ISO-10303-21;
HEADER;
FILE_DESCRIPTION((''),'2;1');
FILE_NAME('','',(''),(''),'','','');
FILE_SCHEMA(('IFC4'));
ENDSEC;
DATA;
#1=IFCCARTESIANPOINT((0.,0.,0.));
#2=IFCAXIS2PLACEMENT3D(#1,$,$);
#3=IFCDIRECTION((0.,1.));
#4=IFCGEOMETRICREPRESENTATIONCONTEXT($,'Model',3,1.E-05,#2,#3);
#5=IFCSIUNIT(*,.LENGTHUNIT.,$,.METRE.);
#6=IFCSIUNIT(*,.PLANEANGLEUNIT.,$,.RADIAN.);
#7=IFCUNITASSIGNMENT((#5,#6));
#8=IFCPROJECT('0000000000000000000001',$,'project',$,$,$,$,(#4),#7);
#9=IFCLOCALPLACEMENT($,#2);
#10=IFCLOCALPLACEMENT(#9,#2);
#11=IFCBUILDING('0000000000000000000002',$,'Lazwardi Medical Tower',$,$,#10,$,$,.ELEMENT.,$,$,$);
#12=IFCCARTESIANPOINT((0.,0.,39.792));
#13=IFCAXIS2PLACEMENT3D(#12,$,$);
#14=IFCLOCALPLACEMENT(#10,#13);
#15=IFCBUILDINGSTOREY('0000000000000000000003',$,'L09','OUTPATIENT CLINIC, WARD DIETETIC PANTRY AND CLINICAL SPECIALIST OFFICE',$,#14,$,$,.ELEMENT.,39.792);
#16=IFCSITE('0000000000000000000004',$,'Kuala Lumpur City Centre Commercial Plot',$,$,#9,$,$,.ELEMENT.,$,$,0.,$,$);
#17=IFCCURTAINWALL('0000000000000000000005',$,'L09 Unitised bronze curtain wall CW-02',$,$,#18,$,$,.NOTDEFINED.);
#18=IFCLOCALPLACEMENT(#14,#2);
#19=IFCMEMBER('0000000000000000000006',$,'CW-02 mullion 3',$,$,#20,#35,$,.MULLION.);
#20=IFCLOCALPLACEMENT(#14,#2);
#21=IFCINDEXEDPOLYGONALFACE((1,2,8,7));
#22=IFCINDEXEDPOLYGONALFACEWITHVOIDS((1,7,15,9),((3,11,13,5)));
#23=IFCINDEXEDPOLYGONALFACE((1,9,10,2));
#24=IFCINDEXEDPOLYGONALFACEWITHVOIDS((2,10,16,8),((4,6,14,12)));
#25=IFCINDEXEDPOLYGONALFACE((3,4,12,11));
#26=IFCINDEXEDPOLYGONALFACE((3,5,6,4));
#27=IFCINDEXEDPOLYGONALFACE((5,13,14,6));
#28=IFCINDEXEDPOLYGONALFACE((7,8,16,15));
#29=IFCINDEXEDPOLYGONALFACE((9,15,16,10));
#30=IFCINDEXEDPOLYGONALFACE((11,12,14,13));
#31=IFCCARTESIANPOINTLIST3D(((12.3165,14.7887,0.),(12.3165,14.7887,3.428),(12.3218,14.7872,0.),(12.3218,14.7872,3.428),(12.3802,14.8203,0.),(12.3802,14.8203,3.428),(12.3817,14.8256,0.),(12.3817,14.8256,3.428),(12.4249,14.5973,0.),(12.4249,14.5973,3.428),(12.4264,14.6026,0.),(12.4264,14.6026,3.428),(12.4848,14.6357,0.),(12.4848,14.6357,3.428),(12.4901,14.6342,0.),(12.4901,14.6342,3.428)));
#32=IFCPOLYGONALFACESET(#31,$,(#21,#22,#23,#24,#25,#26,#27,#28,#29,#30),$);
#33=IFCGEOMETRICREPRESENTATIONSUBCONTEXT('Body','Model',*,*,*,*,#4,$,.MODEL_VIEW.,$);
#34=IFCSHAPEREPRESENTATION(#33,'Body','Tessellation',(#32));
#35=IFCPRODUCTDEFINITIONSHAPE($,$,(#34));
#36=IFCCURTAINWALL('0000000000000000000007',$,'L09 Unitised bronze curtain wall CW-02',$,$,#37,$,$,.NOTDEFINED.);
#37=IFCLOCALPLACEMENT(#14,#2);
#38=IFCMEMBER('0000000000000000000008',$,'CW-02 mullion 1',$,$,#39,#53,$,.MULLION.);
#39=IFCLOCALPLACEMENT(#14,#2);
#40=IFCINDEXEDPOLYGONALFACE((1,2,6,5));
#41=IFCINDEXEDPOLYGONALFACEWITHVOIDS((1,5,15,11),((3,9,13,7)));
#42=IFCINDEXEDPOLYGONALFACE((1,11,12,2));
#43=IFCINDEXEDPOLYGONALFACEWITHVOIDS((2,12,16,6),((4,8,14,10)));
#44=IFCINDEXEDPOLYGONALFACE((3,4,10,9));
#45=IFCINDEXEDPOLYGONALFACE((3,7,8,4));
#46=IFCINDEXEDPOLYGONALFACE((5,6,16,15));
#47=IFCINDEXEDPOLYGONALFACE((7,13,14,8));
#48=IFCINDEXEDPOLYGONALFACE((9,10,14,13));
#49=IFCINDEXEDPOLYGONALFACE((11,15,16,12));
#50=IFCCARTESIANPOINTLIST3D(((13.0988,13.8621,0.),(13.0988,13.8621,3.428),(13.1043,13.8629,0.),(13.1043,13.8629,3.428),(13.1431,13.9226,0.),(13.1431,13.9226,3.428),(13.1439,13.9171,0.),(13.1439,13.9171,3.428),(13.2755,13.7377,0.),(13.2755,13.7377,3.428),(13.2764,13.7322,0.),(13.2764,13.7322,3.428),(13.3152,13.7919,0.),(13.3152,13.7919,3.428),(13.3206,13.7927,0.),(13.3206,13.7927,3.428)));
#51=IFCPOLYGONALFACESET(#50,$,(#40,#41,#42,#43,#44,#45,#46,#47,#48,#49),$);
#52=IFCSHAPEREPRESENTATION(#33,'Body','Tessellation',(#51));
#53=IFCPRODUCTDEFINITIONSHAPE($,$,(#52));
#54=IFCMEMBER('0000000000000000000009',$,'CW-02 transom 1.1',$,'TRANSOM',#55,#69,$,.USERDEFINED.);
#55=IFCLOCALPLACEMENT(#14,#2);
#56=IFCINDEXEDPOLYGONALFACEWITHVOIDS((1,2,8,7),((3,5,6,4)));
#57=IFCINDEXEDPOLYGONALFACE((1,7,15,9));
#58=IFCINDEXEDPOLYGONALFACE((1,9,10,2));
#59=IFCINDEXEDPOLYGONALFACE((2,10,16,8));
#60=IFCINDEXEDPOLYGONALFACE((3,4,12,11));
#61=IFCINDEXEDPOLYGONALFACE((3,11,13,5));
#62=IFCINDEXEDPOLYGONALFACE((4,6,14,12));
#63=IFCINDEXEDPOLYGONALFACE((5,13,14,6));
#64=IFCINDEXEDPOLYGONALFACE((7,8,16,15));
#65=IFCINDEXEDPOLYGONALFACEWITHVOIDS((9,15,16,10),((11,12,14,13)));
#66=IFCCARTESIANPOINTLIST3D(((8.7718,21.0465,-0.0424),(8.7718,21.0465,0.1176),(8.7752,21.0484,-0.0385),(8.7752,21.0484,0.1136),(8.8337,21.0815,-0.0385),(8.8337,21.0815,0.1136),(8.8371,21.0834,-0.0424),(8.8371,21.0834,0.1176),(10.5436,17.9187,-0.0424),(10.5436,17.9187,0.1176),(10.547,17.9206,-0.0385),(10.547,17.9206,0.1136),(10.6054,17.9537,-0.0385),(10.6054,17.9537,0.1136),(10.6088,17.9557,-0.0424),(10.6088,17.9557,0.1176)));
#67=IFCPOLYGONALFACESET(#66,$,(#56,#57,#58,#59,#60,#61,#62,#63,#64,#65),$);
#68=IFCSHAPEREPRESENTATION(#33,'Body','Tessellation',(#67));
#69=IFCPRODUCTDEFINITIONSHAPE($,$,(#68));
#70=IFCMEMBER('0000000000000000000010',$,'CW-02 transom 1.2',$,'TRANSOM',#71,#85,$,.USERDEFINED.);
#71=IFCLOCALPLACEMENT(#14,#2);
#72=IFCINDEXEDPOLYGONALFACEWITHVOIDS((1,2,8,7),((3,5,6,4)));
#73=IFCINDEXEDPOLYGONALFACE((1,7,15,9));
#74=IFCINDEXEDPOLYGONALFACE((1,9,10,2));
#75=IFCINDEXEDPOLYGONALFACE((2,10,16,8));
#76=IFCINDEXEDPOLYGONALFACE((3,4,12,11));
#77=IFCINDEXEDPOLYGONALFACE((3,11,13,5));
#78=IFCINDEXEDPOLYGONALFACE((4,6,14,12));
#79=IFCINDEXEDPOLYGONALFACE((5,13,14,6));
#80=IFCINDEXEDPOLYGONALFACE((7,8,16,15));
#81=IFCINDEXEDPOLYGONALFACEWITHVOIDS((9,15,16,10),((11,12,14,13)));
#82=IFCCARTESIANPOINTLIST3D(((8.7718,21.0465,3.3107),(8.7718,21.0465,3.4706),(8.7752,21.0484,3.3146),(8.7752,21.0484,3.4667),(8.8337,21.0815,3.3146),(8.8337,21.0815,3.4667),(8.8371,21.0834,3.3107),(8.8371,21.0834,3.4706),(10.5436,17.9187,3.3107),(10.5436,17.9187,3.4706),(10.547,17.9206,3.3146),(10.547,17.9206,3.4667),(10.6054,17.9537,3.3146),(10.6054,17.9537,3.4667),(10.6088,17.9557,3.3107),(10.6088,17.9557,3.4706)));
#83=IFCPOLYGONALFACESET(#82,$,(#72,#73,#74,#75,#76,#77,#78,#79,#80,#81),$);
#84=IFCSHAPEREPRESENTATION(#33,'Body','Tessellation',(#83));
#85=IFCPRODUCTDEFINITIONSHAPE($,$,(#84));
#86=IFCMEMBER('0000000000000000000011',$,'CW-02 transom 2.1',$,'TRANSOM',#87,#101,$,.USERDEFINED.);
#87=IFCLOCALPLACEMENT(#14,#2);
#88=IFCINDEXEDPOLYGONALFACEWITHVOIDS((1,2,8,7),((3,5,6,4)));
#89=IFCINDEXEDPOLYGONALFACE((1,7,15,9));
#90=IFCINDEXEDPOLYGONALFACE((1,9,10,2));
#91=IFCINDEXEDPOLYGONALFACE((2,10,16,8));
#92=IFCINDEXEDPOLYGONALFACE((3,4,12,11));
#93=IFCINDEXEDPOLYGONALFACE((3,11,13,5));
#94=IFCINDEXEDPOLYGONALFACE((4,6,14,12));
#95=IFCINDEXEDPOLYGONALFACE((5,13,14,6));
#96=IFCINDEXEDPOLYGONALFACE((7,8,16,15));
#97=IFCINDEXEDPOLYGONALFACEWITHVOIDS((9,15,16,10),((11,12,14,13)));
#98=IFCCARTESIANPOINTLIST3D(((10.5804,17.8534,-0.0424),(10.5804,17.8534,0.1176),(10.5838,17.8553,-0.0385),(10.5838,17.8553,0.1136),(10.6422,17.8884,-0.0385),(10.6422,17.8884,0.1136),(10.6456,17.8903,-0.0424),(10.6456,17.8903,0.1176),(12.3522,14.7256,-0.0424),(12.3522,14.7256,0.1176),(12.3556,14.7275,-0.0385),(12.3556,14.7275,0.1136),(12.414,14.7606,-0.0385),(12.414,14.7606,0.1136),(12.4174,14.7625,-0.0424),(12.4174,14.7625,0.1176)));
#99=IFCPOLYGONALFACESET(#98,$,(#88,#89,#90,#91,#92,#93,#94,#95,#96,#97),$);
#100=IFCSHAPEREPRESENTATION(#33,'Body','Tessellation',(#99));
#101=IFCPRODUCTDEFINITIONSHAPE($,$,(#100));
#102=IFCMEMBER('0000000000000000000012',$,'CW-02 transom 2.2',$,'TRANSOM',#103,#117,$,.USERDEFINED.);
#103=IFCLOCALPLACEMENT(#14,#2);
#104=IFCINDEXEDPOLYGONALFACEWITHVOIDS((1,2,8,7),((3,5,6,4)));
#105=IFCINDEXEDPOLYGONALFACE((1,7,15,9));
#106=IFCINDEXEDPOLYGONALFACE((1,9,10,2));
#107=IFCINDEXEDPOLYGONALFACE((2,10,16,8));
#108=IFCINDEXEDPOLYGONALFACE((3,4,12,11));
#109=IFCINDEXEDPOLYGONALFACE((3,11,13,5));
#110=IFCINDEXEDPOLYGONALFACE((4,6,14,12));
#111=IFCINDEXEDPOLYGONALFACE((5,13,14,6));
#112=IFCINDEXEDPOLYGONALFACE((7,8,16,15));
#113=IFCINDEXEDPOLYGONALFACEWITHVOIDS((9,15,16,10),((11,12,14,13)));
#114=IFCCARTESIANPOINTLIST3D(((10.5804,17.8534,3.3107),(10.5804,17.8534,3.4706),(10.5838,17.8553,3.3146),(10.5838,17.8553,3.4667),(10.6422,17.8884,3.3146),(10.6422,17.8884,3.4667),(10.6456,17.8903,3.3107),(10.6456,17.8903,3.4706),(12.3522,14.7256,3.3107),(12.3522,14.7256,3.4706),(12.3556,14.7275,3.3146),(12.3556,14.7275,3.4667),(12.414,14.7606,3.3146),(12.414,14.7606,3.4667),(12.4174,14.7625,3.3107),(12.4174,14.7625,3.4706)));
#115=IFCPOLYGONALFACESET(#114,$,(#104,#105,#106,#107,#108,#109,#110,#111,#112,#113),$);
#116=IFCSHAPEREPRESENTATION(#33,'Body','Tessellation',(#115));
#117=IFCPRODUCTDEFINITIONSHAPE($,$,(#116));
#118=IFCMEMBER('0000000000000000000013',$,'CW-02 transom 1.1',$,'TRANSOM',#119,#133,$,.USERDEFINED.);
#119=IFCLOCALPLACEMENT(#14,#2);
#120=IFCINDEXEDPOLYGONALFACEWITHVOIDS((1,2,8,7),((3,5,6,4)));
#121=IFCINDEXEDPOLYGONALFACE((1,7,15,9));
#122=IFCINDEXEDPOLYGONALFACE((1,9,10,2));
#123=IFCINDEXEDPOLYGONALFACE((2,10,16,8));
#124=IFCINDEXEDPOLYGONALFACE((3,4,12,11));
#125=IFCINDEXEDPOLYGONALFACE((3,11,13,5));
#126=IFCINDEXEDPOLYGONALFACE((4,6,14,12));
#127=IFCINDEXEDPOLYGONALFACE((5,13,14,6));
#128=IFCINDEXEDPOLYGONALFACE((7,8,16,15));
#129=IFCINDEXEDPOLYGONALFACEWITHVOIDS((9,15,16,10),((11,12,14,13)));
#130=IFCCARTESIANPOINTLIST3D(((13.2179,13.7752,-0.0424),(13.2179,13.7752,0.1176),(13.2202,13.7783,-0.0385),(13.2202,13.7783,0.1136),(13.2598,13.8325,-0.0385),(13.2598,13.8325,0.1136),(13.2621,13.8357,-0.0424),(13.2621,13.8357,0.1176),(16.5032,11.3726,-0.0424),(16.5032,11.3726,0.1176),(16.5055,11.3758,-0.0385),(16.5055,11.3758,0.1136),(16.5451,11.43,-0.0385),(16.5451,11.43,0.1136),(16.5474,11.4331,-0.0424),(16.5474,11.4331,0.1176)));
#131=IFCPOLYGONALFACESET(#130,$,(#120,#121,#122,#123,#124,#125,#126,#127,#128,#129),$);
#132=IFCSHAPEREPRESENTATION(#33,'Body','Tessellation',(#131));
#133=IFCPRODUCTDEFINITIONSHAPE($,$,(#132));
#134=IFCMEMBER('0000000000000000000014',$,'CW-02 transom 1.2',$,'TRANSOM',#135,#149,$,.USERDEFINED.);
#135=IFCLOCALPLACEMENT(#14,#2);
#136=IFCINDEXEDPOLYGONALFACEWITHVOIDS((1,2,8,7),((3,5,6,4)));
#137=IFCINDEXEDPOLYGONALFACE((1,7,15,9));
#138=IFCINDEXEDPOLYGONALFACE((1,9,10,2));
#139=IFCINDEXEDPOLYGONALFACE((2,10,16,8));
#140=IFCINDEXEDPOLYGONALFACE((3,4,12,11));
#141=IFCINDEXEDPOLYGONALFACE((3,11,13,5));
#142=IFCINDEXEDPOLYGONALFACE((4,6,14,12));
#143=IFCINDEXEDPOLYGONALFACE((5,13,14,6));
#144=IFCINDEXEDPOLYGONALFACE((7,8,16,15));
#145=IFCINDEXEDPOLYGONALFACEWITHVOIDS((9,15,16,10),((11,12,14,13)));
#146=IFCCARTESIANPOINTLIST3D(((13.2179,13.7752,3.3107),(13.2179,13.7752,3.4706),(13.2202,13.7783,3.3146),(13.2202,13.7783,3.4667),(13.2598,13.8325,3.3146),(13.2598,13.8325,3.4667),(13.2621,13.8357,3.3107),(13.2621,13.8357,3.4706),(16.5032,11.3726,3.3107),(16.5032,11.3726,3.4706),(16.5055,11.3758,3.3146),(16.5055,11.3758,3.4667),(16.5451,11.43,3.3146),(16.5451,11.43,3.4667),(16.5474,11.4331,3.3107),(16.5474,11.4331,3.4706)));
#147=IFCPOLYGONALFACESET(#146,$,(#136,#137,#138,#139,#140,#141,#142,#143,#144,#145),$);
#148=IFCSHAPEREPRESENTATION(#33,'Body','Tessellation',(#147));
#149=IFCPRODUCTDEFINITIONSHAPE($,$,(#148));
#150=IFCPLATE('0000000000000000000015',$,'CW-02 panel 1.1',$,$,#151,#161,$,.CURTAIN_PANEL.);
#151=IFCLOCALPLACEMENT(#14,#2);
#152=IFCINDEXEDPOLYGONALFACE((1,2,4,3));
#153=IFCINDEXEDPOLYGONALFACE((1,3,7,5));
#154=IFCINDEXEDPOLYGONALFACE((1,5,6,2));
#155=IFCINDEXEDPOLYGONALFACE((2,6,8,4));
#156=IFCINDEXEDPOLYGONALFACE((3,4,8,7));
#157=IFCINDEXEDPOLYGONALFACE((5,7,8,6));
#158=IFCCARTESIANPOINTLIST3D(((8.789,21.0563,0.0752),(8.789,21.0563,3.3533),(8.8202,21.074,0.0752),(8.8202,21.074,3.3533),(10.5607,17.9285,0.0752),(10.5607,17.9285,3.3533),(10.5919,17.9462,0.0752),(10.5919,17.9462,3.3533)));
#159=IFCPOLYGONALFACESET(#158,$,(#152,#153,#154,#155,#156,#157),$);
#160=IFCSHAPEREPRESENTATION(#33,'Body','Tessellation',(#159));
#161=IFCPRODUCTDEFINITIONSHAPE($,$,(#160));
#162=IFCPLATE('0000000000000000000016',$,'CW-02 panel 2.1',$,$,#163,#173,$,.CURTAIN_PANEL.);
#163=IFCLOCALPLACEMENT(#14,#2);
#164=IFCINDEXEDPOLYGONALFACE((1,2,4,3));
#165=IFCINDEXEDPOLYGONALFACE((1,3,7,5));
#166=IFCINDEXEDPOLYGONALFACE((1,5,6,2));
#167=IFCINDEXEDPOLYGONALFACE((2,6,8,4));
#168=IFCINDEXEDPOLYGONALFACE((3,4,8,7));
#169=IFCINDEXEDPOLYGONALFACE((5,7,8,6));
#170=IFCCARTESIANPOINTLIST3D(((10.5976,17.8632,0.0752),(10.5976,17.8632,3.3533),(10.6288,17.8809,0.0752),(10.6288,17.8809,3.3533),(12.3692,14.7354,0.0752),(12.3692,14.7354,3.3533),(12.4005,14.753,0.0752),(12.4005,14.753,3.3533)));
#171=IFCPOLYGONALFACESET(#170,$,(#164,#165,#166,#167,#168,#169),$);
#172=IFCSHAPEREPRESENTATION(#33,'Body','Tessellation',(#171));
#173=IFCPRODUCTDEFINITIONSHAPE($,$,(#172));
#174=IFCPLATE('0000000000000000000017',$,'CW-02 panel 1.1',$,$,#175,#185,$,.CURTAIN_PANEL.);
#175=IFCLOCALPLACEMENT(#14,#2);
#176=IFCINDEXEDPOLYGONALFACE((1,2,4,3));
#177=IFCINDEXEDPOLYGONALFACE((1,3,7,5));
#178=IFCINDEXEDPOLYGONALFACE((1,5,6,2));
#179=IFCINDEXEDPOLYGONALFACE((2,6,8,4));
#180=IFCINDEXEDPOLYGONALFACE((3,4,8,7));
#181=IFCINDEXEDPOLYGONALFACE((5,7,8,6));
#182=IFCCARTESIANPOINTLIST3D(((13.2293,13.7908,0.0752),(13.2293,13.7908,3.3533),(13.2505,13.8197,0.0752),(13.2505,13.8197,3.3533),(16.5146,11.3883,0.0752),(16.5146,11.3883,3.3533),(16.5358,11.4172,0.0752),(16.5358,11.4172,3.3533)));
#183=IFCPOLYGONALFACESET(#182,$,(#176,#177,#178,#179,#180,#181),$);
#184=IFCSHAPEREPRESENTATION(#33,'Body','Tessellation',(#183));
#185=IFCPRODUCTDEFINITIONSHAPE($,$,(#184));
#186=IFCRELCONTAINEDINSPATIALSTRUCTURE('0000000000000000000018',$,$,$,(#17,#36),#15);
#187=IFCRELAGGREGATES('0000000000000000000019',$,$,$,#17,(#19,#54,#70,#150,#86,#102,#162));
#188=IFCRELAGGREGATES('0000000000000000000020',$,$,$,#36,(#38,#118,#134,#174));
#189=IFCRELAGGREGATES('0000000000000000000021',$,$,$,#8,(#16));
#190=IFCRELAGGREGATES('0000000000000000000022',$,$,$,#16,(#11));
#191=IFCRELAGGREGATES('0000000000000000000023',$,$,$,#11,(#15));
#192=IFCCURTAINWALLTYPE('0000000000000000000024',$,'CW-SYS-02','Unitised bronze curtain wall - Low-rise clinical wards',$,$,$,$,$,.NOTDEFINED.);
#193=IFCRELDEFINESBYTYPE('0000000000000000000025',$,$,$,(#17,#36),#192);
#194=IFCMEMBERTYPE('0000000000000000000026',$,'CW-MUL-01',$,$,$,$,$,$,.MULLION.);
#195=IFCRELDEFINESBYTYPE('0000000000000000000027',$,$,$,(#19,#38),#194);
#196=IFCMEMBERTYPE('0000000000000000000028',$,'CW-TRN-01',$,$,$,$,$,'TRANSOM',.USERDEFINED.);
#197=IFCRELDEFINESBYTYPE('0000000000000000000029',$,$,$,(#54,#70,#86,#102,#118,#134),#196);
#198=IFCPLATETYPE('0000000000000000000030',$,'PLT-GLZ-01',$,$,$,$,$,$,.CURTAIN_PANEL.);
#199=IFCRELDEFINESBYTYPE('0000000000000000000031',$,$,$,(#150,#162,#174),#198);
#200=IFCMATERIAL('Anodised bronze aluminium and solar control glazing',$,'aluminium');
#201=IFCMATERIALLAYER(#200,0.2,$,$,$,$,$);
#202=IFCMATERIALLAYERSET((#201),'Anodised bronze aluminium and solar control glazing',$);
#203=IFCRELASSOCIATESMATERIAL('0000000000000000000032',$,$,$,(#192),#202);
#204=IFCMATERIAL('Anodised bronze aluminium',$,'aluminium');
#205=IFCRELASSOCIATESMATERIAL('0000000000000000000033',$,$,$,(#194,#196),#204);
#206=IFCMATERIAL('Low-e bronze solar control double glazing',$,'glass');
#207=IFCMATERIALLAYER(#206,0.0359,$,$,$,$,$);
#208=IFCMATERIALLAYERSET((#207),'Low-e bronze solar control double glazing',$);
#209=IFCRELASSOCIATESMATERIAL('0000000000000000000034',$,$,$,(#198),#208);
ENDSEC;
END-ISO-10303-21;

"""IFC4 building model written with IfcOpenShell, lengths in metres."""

from ifc_helpers import new_model, si_unit, direction, frame, origin, origin_2d, place, context, subcontext, project, spatial, rectangle, hollow_rectangle, extrude, material, layer, layer_set, material_profile, profile_set, type_object, element, aggregate, save


model = new_model("IFC4")

# Units and contexts
model_context = context("Model", 3, precision=1e-05, world=origin(), true_north=direction((0.0, 1.0)))
body_context = subcontext(model_context, "Body", "Model", "MODEL_VIEW")
ifc_project = project(units=[si_unit("LENGTHUNIT", "METRE"), si_unit("PLANEANGLEUNIT", "RADIAN")], contexts=[model_context])

# Site, building, storey
site_placement = place(None, origin())
site = spatial("IfcSite", under=ifc_project, at=site_placement, Name="Kuala Lumpur City Centre Commercial Plot", CompositionType="ELEMENT", RefElevation=0.0)
building_placement = place(site_placement, origin())
building = spatial("IfcBuilding", under=site, at=building_placement, Name="Lazwardi Medical Tower", CompositionType="ELEMENT")
storey_placement = place(building_placement, frame((0.0, 0.0, 39.792)))
storey = spatial("IfcBuildingStorey", under=building, at=storey_placement, Name="L09", Description="OUTPATIENT CLINIC, WARD DIETETIC PANTRY AND CLINICAL SPECIALIST OFFICE", CompositionType="ELEMENT", Elevation=39.792)

# Curtain wall, member
ifc_material_1 = material(Name="Anodised bronze aluminium and solar control glazing", Category="aluminium")
ifc_layer_1 = layer(ifc_material_1, 0.2)
ifc_layer_set_1 = layer_set([ifc_layer_1], Name="Anodised bronze aluminium and solar control glazing")
curtain_wall_type = type_object("IfcCurtainWallType", Name="CW-SYS-02", Description="Unitised bronze curtain wall - Low-rise clinical wards", PredefinedType="NOTDEFINED", material=ifc_layer_set_1)
curtain_wall_1_placement = place(storey_placement, origin())
curtain_wall_1 = element("IfcCurtainWall", 1, at=curtain_wall_1_placement, inside=storey, type_object=curtain_wall_type, Name="L09 Unitised bronze curtain wall CW-02", PredefinedType="NOTDEFINED")
ifc_material_2 = material(Name="Anodised bronze aluminium", Category="aluminium")
ifc_material_profile_1 = material_profile(ifc_material_2, hollow_rectangle(XDim=0.075, YDim=0.22, WallThickness=0.0039, at=origin_2d()), Name="ALU-MULLION 220x75x4")
ifc_profile_set_1 = profile_set([ifc_material_profile_1], Name="Anodised bronze aluminium")
member_type_1 = type_object("IfcMemberType", Name="CW-MUL-01", PredefinedType="MULLION", material=ifc_profile_set_1)
member_1_placement = place(storey_placement, frame((12.4033, 14.7114, 0.0), z_axis=(0.0, 0.0, 1.0), x_axis=(0.870112, 0.492854, 0.0)))
member_1 = element("IfcMember", 2, at=member_1_placement, type_object=member_type_1, Name="CW-02 mullion 3", PredefinedType="MULLION", context=body_context, shape_type="SweptSolid", body=[
    extrude(hollow_rectangle(XDim=0.075, YDim=0.22, WallThickness=0.0039, at=origin_2d()), origin(), (0.0, 0.0, 1.0), 3.428),
])

# Curtain wall, member
curtain_wall_2_placement = place(storey_placement, origin())
curtain_wall_2 = element("IfcCurtainWall", 3, at=curtain_wall_2_placement, inside=storey, type_object=curtain_wall_type, Name="L09 Unitised bronze curtain wall CW-02", PredefinedType="NOTDEFINED")
member_2_placement = place(storey_placement, frame((13.2097, 13.8274, 0.0), z_axis=(0.0, 0.0, 1.0), x_axis=(0.590289, 0.807192, 0.0)))
member_2 = element("IfcMember", 4, at=member_2_placement, type_object=member_type_1, Name="CW-02 mullion 1", PredefinedType="MULLION", context=body_context, shape_type="SweptSolid", body=[
    extrude(hollow_rectangle(XDim=0.075, YDim=0.22, WallThickness=0.0039, at=origin_2d()), origin(), (0.0, 0.0, 1.0), 3.428),
])

# Members
ifc_material_profile_2 = material_profile(ifc_material_2, hollow_rectangle(XDim=0.075, YDim=0.1599, WallThickness=0.0039, at=origin_2d()), Name="ALU-TRANSOM 160x75x4")
ifc_profile_set_2 = profile_set([ifc_material_profile_2], Name="Anodised bronze aluminium")
member_type_2 = type_object("IfcMemberType", Name="CW-TRN-01", ElementType="TRANSOM", PredefinedType="USERDEFINED", material=ifc_profile_set_2)
member_3_placement = place(storey_placement, frame((8.8044, 21.0649, 0.0376), z_axis=(0.492881, -0.870097, 0.0), x_axis=(0.870097, 0.492881, 0.0)))
member_3 = element("IfcMember", 5, at=member_3_placement, type_object=member_type_2, Name="CW-02 transom 1.1", ObjectType="TRANSOM", PredefinedType="USERDEFINED", context=body_context, shape_type="SweptSolid", body=[
    extrude(hollow_rectangle(XDim=0.075, YDim=0.1599, WallThickness=0.0039, at=origin_2d()), origin(), (0.0, 0.0, 1.0), 3.5947),
])
member_4_placement = place(storey_placement, frame((8.8044, 21.0649, 3.3906), z_axis=(0.492881, -0.870097, 0.0), x_axis=(0.870097, 0.492881, 0.0)))
member_4 = element("IfcMember", 6, at=member_4_placement, type_object=member_type_2, Name="CW-02 transom 1.2", ObjectType="TRANSOM", PredefinedType="USERDEFINED", context=body_context, shape_type="SweptSolid", body=[
    extrude(hollow_rectangle(XDim=0.075, YDim=0.1599, WallThickness=0.0039, at=origin_2d()), origin(), (0.0, 0.0, 1.0), 3.5947),
])
member_5_placement = place(storey_placement, frame((10.613, 17.8718, 0.0376), z_axis=(0.492881, -0.870097, 0.0), x_axis=(0.870097, 0.492881, 0.0)))
member_5 = element("IfcMember", 7, at=member_5_placement, type_object=member_type_2, Name="CW-02 transom 2.1", ObjectType="TRANSOM", PredefinedType="USERDEFINED", context=body_context, shape_type="SweptSolid", body=[
    extrude(hollow_rectangle(XDim=0.075, YDim=0.1599, WallThickness=0.0039, at=origin_2d()), origin(), (0.0, 0.0, 1.0), 3.5947),
])
member_6_placement = place(storey_placement, frame((10.613, 17.8718, 3.3906), z_axis=(0.492881, -0.870097, 0.0), x_axis=(0.870097, 0.492881, 0.0)))
member_6 = element("IfcMember", 8, at=member_6_placement, type_object=member_type_2, Name="CW-02 transom 2.2", ObjectType="TRANSOM", PredefinedType="USERDEFINED", context=body_context, shape_type="SweptSolid", body=[
    extrude(hollow_rectangle(XDim=0.075, YDim=0.1599, WallThickness=0.0039, at=origin_2d()), origin(), (0.0, 0.0, 1.0), 3.5947),
])
member_7_placement = place(storey_placement, frame((13.24, 13.8054, 0.0376), z_axis=(0.80719, -0.590292, 0.0), x_axis=(0.590292, 0.80719, 0.0)))
member_7 = element("IfcMember", 9, at=member_7_placement, type_object=member_type_2, Name="CW-02 transom 1.1", ObjectType="TRANSOM", PredefinedType="USERDEFINED", context=body_context, shape_type="SweptSolid", body=[
    extrude(hollow_rectangle(XDim=0.075, YDim=0.1599, WallThickness=0.0039, at=origin_2d()), origin(), (0.0, 0.0, 1.0), 4.0701),
])
member_8_placement = place(storey_placement, frame((13.24, 13.8054, 3.3906), z_axis=(0.80719, -0.590292, 0.0), x_axis=(0.590292, 0.80719, 0.0)))
member_8 = element("IfcMember", 10, at=member_8_placement, type_object=member_type_2, Name="CW-02 transom 1.2", ObjectType="TRANSOM", PredefinedType="USERDEFINED", context=body_context, shape_type="SweptSolid", body=[
    extrude(hollow_rectangle(XDim=0.075, YDim=0.1599, WallThickness=0.0039, at=origin_2d()), origin(), (0.0, 0.0, 1.0), 4.0701),
])

# Plates
ifc_material_3 = material(Name="Low-e bronze solar control double glazing", Category="glass")
ifc_layer_2 = layer(ifc_material_3, 0.0359)
ifc_layer_set_2 = layer_set([ifc_layer_2], Name="Low-e bronze solar control double glazing")
plate_type = type_object("IfcPlateType", Name="PLT-GLZ-01", PredefinedType="CURTAIN_PANEL", material=ifc_layer_set_2)
plate_1_placement = place(storey_placement, frame((9.6904, 19.5012, 0.0752), z_axis=(0.0, 0.0, 1.0), x_axis=(0.492854, -0.870112, 0.0)))
plate_1 = element("IfcPlate", 11, at=plate_1_placement, type_object=plate_type, Name="CW-02 panel 1.1", PredefinedType="CURTAIN_PANEL", context=body_context, shape_type="SweptSolid", body=[
    extrude(rectangle(XDim=3.5947, YDim=0.0359, at=origin_2d()), origin(), (0.0, 0.0, 1.0), 3.2781),
])
plate_2_placement = place(storey_placement, frame((11.499, 16.3081, 0.0752), z_axis=(0.0, 0.0, 1.0), x_axis=(0.492854, -0.870112, 0.0)))
plate_2 = element("IfcPlate", 12, at=plate_2_placement, type_object=plate_type, Name="CW-02 panel 2.1", PredefinedType="CURTAIN_PANEL", context=body_context, shape_type="SweptSolid", body=[
    extrude(rectangle(XDim=3.5947, YDim=0.0359, at=origin_2d()), origin(), (0.0, 0.0, 1.0), 3.2781),
])
aggregate(curtain_wall_1, [member_1, member_3, member_4, plate_1, member_5, member_6, plate_2])
plate_3_placement = place(storey_placement, frame((14.8826, 12.604, 0.0752), z_axis=(0.0, 0.0, 1.0), x_axis=(0.807192, -0.590289, 0.0)))
plate_3 = element("IfcPlate", 13, at=plate_3_placement, type_object=plate_type, Name="CW-02 panel 1.1", PredefinedType="CURTAIN_PANEL", context=body_context, shape_type="SweptSolid", body=[
    extrude(rectangle(XDim=4.0701, YDim=0.0359, at=origin_2d()), origin(), (0.0, 0.0, 1.0), 3.2781),
])
aggregate(curtain_wall_2, [member_2, member_7, member_8, plate_3])

save(model, "model.ifc")
